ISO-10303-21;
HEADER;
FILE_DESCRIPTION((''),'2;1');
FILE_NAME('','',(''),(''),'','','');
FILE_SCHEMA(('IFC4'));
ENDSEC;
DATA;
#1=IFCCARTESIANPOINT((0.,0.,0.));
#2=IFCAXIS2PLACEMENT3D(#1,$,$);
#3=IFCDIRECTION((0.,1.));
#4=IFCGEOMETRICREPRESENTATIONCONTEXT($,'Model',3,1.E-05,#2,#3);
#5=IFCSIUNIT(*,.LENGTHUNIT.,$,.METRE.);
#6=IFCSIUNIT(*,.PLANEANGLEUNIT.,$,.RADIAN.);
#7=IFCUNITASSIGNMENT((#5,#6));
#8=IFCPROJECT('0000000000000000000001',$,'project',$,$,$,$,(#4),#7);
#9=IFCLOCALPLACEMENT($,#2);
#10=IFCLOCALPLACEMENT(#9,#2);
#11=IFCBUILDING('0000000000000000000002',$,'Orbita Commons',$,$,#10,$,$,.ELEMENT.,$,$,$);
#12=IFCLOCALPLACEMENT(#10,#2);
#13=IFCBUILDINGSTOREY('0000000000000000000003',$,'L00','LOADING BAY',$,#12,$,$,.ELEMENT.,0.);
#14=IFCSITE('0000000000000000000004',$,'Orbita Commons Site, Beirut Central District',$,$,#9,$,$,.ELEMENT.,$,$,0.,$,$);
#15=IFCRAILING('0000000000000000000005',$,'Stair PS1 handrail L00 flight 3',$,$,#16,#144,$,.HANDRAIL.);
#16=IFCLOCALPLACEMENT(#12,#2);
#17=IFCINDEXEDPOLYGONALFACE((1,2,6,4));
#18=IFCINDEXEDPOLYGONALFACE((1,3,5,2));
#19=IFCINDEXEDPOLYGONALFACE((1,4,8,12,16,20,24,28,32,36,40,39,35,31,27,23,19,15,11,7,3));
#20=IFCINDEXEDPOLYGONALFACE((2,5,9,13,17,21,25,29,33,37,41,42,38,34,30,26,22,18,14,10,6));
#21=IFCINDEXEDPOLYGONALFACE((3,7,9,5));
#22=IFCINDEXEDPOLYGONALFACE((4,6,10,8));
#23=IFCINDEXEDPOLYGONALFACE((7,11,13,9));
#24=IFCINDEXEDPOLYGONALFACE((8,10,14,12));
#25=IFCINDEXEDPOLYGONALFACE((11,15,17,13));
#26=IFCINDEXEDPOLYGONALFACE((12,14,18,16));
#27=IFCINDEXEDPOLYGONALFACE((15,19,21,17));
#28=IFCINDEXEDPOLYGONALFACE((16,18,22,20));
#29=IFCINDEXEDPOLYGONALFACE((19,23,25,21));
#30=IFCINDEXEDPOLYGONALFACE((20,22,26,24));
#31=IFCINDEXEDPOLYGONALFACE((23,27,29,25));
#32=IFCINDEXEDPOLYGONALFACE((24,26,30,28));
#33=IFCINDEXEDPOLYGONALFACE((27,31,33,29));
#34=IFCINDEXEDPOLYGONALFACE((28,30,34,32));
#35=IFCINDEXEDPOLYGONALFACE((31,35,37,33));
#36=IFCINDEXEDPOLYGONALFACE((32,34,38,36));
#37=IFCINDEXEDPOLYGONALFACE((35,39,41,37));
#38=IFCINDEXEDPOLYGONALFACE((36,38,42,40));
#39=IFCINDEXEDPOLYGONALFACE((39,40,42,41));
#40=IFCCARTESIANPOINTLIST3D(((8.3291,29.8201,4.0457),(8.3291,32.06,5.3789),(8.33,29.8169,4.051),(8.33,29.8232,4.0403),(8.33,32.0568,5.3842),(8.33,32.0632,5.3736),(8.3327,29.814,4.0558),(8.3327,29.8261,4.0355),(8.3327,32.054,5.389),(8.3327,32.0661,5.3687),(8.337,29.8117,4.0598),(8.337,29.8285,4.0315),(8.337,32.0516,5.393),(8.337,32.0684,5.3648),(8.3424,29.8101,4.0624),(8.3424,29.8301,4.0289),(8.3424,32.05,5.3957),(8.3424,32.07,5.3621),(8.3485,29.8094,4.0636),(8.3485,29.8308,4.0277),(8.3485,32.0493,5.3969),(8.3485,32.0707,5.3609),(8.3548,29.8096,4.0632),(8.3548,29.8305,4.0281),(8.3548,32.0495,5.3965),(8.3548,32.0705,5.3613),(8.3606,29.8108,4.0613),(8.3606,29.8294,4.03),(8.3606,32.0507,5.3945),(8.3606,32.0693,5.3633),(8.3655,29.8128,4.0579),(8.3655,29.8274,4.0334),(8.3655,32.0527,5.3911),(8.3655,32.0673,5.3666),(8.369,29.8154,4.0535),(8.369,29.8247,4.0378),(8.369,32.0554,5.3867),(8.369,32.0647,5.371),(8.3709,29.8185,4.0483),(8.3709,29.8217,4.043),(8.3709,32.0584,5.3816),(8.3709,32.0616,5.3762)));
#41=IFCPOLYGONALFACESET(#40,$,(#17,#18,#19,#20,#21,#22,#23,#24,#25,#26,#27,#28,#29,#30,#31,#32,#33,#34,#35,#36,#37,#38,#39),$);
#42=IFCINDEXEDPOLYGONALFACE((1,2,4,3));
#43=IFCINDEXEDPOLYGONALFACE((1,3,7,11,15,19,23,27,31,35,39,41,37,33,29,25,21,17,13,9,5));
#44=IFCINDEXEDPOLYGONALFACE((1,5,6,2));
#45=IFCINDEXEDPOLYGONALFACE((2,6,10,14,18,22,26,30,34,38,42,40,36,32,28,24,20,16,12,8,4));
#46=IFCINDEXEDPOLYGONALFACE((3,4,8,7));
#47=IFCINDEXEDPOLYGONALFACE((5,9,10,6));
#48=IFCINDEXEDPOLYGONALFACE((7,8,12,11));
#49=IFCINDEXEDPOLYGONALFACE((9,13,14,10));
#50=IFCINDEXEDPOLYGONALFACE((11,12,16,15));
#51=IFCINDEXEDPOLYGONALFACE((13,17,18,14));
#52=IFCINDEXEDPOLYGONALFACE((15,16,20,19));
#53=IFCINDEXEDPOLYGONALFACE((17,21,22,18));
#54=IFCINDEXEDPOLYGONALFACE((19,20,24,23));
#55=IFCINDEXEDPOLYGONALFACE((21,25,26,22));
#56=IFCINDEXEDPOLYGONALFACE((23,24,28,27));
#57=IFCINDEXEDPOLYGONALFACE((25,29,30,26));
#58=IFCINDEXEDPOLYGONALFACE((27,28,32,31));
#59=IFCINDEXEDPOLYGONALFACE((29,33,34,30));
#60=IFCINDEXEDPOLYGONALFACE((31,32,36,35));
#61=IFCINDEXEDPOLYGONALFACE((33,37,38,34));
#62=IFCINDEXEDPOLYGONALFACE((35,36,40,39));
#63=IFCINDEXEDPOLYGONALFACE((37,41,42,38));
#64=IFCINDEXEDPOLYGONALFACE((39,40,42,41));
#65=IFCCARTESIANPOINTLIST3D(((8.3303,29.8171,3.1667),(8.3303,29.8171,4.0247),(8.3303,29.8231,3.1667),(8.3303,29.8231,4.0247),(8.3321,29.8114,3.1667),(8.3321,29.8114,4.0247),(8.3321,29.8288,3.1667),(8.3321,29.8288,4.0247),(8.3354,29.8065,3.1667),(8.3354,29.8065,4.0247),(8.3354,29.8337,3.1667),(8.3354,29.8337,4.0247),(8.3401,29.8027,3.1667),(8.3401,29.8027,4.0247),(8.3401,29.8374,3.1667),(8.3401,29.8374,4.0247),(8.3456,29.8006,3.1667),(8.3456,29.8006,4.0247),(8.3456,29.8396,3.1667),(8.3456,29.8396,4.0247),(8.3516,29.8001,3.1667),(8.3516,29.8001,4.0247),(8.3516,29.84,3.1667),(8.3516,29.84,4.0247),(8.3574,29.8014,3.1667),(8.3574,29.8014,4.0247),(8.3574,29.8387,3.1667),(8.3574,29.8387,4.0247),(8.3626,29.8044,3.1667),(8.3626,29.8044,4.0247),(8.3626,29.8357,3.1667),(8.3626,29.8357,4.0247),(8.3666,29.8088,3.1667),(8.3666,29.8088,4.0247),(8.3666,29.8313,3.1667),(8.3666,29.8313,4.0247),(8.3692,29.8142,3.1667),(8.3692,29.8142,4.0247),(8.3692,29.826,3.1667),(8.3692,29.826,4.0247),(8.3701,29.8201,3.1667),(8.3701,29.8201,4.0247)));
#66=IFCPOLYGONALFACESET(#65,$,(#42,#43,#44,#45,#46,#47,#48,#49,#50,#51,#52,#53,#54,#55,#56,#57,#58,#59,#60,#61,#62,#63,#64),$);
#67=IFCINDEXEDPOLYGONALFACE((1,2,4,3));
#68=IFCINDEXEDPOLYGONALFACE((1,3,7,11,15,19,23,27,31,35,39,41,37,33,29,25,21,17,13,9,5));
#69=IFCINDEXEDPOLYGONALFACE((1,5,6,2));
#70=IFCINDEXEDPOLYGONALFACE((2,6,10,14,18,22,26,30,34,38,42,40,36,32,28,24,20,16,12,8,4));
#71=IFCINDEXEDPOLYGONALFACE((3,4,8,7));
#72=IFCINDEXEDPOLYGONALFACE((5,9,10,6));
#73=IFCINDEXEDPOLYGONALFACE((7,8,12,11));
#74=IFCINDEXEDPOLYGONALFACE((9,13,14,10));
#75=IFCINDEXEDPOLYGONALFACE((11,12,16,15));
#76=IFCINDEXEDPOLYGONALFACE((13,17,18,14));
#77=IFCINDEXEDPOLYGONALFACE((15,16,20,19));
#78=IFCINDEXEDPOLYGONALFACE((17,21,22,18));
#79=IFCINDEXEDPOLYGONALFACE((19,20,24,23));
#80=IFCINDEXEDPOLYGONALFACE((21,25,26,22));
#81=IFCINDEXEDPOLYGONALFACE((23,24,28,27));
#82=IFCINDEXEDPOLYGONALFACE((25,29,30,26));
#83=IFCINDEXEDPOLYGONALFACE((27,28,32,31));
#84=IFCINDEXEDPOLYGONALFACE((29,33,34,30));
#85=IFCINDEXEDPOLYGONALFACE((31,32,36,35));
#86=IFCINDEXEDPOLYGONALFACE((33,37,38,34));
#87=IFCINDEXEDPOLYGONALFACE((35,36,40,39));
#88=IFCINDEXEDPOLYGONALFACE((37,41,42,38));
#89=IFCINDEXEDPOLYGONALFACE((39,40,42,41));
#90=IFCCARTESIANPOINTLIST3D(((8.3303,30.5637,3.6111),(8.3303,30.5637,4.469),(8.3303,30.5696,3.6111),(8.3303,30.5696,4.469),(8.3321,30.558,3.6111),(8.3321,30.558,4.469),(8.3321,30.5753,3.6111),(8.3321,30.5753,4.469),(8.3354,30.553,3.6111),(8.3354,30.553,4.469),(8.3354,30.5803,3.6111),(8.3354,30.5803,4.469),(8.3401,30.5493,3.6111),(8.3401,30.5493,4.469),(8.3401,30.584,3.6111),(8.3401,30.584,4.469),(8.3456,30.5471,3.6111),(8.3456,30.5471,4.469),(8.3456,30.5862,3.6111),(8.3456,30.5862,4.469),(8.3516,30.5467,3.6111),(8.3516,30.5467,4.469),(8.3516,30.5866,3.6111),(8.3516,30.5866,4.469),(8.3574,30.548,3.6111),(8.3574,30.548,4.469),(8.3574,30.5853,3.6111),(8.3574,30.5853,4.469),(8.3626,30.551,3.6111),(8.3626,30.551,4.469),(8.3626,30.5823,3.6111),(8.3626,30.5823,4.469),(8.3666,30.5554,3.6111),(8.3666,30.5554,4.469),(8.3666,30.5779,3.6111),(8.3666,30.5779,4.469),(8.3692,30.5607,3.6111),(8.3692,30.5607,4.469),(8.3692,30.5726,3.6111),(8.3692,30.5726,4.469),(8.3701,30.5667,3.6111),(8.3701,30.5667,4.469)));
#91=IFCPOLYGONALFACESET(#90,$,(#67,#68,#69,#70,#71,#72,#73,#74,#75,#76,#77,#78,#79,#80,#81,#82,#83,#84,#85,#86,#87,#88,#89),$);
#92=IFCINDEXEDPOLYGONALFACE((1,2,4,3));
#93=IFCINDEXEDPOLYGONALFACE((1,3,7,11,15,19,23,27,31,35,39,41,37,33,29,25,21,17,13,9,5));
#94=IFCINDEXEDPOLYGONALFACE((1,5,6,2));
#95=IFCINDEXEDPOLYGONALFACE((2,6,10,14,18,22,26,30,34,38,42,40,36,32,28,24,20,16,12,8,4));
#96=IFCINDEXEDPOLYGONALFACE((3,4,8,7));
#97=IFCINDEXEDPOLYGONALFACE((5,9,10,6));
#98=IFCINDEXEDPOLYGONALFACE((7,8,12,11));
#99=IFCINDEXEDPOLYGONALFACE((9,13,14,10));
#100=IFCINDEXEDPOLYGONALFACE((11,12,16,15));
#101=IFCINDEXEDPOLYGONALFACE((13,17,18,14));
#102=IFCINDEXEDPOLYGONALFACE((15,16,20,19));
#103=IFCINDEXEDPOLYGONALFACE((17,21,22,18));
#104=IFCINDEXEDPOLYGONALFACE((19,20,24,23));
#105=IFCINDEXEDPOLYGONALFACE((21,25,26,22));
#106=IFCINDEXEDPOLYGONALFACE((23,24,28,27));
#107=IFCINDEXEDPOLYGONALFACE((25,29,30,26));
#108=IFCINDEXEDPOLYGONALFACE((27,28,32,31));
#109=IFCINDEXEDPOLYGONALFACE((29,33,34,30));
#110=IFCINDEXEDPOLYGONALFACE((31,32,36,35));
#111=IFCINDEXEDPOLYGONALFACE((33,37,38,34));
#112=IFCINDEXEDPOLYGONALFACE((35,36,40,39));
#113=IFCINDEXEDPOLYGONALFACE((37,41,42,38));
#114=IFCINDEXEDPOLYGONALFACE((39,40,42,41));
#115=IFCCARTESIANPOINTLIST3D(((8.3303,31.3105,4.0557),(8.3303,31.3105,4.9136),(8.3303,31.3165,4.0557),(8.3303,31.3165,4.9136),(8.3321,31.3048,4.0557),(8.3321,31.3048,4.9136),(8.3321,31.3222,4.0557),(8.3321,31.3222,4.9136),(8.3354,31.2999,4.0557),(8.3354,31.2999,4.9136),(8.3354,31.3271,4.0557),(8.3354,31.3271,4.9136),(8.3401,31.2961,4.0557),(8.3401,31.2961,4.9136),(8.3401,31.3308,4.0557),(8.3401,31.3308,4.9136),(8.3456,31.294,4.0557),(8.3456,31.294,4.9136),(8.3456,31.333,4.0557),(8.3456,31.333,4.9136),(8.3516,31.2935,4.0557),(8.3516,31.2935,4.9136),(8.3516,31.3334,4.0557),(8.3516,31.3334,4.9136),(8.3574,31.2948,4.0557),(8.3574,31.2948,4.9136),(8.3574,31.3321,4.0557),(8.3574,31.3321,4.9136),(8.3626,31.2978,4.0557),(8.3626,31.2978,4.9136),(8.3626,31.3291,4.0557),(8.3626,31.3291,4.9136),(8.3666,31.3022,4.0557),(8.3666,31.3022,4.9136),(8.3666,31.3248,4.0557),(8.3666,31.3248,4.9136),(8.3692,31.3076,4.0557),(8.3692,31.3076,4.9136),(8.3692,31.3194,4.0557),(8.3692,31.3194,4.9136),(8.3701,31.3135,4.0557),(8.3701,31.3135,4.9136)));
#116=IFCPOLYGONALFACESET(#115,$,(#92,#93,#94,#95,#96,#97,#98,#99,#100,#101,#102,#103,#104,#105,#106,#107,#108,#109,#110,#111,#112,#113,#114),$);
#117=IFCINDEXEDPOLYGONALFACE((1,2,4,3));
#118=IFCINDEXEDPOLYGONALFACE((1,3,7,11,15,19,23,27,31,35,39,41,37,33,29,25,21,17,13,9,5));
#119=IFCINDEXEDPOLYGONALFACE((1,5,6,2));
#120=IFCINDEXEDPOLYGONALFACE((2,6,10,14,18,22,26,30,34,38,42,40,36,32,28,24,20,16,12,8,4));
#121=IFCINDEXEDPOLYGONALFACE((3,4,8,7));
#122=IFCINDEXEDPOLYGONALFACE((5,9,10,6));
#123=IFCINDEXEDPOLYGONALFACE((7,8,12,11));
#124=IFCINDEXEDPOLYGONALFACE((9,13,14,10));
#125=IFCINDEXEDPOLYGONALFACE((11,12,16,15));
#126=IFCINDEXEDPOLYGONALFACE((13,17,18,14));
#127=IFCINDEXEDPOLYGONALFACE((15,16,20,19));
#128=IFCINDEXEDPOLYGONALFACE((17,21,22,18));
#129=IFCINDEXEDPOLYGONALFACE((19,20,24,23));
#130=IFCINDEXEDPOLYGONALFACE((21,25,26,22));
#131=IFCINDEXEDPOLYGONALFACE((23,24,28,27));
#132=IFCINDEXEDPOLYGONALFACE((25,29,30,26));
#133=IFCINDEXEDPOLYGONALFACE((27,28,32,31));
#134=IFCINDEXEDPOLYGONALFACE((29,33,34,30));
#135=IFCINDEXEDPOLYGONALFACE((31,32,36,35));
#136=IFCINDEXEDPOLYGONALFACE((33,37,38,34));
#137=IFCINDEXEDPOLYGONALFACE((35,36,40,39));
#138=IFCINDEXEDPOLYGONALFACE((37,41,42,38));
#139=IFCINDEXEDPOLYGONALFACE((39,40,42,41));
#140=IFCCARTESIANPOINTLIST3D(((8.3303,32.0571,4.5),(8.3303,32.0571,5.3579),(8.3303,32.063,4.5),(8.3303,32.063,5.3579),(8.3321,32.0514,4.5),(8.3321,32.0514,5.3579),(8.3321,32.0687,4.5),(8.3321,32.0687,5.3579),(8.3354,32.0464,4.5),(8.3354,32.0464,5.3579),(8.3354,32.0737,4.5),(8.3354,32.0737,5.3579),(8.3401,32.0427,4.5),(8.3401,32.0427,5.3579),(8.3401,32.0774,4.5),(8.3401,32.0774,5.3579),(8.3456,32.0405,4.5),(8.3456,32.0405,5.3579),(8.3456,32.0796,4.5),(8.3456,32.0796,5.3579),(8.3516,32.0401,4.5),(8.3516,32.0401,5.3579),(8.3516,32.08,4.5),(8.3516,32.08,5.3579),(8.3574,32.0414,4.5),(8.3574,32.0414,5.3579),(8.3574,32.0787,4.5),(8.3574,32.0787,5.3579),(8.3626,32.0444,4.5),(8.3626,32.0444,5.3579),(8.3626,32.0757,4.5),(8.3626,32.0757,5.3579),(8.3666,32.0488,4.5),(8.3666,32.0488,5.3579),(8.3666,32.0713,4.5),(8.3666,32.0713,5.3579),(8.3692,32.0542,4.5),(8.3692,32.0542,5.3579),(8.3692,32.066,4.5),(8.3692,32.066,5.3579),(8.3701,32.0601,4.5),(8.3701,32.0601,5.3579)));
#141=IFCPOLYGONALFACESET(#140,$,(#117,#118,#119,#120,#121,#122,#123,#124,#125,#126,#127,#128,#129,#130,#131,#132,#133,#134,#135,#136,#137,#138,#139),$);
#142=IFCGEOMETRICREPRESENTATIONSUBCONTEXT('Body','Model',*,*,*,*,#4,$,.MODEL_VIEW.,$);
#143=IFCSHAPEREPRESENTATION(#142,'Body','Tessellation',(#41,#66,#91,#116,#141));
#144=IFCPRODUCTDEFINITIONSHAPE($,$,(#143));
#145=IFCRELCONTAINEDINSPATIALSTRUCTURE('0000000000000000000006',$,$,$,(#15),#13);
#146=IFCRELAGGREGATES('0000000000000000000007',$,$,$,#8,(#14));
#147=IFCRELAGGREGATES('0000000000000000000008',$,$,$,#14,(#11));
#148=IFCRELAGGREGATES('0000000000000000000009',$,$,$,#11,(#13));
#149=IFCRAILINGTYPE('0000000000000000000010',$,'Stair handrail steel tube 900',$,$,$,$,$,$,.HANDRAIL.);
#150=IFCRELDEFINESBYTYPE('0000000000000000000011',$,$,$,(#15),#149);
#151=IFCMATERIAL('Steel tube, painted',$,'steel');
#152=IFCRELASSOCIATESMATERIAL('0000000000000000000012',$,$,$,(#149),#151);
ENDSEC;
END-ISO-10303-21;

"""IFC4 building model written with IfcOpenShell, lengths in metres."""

from ifc_helpers import new_model, si_unit, direction, frame, origin, origin_2d, place, context, subcontext, project, spatial, circle, extrude, material, type_object, element, save


model = new_model("IFC4")

# Units and contexts
model_context = context("Model", 3, precision=1e-05, world=origin(), true_north=direction((0.0, 1.0)))
body_context = subcontext(model_context, "Body", "Model", "MODEL_VIEW")
ifc_project = project(units=[si_unit("LENGTHUNIT", "METRE"), si_unit("PLANEANGLEUNIT", "RADIAN")], contexts=[model_context])

# Site, building, storey
site_placement = place(None, origin())
site = spatial("IfcSite", under=ifc_project, at=site_placement, Name="Orbita Commons Site, Beirut Central District", CompositionType="ELEMENT", RefElevation=0.0)
building_placement = place(site_placement, origin())
building = spatial("IfcBuilding", under=site, at=building_placement, Name="Orbita Commons", CompositionType="ELEMENT")
storey_placement = place(building_placement, origin())
storey = spatial("IfcBuildingStorey", under=building, at=storey_placement, Name="L00", Description="LOADING BAY", CompositionType="ELEMENT", Elevation=0.0)

# Railing
ifc_material_1 = material(Name="Steel tube, painted", Category="steel")
railing_type_1 = type_object("IfcRailingType", Name="Stair handrail steel tube 900", PredefinedType="HANDRAIL", material=ifc_material_1)
for number, where, name in (
    (1, (8.3501, 29.8201, 3.1667), "Stair PS1 handrail L00 flight 3"),
):
    element("IfcRailing", number, at=place(storey_placement, frame(where)), inside=storey, type_object=railing_type_1, Name=name, PredefinedType="HANDRAIL", context=body_context, shape_type="SweptSolid", body=[
        extrude(circle(Radius=0.021, at=origin_2d()), frame((0.0, 0.0, 0.8789), z_axis=(0.0, 0.859306, 0.511462), x_axis=(-1.0, 0.0, 0.0)), (0.0, 0.0, 1.0), 2.6067),
        extrude(circle(Radius=0.02, at=origin_2d()), origin(), (0.0, 0.0, 1.0), 0.8579),
        extrude(circle(Radius=0.02, at=origin_2d()), frame((0.0, 0.7466, 0.4443)), (0.0, 0.0, 1.0), 0.8579),
        extrude(circle(Radius=0.02, at=origin_2d()), frame((0.0, 1.4934, 0.8889)), (0.0, 0.0, 1.0), 0.8579),
        extrude(circle(Radius=0.02, at=origin_2d()), frame((0.0, 2.24, 1.3333)), (0.0, 0.0, 1.0), 0.8579),
    ])

save(model, "model.ifc")
